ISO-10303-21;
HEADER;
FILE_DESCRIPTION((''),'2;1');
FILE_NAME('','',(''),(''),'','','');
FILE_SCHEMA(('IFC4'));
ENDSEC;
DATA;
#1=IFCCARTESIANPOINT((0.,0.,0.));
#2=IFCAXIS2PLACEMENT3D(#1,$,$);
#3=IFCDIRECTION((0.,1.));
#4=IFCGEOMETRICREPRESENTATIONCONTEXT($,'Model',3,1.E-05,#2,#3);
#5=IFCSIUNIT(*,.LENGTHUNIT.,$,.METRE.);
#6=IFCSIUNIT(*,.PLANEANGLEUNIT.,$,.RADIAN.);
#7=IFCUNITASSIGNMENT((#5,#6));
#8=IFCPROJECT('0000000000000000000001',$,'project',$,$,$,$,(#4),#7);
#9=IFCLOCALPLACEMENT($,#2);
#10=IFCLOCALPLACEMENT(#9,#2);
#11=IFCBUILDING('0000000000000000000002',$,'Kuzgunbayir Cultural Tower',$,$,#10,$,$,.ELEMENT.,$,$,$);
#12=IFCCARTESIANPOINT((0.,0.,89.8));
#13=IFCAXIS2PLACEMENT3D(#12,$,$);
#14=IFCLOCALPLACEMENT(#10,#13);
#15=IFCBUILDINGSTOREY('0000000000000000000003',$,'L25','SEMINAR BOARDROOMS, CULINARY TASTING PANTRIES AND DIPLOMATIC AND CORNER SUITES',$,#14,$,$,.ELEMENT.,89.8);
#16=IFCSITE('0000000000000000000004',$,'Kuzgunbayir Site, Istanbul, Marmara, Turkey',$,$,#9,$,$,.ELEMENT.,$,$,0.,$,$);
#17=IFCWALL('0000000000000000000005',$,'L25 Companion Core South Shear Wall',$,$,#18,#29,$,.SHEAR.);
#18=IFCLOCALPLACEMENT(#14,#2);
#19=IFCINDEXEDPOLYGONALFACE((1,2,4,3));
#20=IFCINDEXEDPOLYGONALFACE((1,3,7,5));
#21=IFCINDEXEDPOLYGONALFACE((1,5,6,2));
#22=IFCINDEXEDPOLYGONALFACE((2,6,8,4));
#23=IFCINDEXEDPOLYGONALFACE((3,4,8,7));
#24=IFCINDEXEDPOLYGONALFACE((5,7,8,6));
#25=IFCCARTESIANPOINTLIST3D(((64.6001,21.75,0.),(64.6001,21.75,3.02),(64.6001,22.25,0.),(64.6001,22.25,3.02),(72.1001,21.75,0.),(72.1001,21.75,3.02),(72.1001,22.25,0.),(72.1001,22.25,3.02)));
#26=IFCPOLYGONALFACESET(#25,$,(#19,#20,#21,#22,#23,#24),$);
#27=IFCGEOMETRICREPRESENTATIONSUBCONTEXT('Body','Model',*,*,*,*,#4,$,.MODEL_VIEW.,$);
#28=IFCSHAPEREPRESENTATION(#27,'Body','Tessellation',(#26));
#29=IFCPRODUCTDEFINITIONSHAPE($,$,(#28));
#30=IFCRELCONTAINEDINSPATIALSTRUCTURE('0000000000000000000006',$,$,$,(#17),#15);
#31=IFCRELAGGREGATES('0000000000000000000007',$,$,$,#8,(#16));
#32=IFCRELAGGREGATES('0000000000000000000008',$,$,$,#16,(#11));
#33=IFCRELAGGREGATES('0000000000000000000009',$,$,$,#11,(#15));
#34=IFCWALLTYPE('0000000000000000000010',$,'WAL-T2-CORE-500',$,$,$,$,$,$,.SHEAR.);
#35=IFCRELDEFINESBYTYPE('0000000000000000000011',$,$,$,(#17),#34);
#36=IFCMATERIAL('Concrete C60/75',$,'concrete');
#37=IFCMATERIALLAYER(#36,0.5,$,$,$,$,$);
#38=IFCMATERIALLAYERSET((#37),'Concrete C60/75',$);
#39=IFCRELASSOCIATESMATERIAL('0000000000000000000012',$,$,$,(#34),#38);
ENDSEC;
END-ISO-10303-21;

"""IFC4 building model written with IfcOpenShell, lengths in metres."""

from ifc_helpers import new_model, si_unit, direction, frame, frame_2d, origin, place, context, subcontext, project, spatial, rectangle, extrude, material, layer, layer_set, type_object, element, save


model = new_model("IFC4")

# Units and contexts
model_context = context("Model", 3, precision=1e-05, world=origin(), true_north=direction((0.0, 1.0)))
body_context = subcontext(model_context, "Body", "Model", "MODEL_VIEW")
ifc_project = project(units=[si_unit("LENGTHUNIT", "METRE"), si_unit("PLANEANGLEUNIT", "RADIAN")], contexts=[model_context])

# Site, building, storey
site_placement = place(None, origin())
site = spatial("IfcSite", under=ifc_project, at=site_placement, Name="Kuzgunbayir Site, Istanbul, Marmara, Turkey", CompositionType="ELEMENT", RefElevation=0.0)
building_placement = place(site_placement, origin())
building = spatial("IfcBuilding", under=site, at=building_placement, Name="Kuzgunbayir Cultural Tower", CompositionType="ELEMENT")
storey_placement = place(building_placement, frame((0.0, 0.0, 89.8)))
storey = spatial("IfcBuildingStorey", under=building, at=storey_placement, Name="L25", Description="SEMINAR BOARDROOMS, CULINARY TASTING PANTRIES AND DIPLOMATIC AND CORNER SUITES", CompositionType="ELEMENT", Elevation=89.8)

# Shared definitions
ifc_material_1 = material(Name="Concrete C60/75", Category="concrete")

# Wall
ifc_layer_1 = layer(ifc_material_1, 0.5)
ifc_layer_set_1 = layer_set([ifc_layer_1], Name="Concrete C60/75")
wall_type_1 = type_object("IfcWallType", Name="WAL-T2-CORE-500", PredefinedType="SHEAR", material=ifc_layer_set_1)
wall_1_placement = place(storey_placement, frame((64.6001, 22.0, 0.0), z_axis=(0.0, 0.0, 1.0), x_axis=(1.0, 0.0, 0.0)))
element("IfcWall", 1, at=wall_1_placement, inside=storey, type_object=wall_type_1, Name="L25 Companion Core South Shear Wall", PredefinedType="SHEAR", context=body_context, shape_type="SweptSolid", body=[
    extrude(rectangle(XDim=7.5, YDim=0.5, at=frame_2d((3.75, 0.0))), origin(), (0.0, 0.0, 1.0), 3.02),
])

save(model, "model.ifc")
